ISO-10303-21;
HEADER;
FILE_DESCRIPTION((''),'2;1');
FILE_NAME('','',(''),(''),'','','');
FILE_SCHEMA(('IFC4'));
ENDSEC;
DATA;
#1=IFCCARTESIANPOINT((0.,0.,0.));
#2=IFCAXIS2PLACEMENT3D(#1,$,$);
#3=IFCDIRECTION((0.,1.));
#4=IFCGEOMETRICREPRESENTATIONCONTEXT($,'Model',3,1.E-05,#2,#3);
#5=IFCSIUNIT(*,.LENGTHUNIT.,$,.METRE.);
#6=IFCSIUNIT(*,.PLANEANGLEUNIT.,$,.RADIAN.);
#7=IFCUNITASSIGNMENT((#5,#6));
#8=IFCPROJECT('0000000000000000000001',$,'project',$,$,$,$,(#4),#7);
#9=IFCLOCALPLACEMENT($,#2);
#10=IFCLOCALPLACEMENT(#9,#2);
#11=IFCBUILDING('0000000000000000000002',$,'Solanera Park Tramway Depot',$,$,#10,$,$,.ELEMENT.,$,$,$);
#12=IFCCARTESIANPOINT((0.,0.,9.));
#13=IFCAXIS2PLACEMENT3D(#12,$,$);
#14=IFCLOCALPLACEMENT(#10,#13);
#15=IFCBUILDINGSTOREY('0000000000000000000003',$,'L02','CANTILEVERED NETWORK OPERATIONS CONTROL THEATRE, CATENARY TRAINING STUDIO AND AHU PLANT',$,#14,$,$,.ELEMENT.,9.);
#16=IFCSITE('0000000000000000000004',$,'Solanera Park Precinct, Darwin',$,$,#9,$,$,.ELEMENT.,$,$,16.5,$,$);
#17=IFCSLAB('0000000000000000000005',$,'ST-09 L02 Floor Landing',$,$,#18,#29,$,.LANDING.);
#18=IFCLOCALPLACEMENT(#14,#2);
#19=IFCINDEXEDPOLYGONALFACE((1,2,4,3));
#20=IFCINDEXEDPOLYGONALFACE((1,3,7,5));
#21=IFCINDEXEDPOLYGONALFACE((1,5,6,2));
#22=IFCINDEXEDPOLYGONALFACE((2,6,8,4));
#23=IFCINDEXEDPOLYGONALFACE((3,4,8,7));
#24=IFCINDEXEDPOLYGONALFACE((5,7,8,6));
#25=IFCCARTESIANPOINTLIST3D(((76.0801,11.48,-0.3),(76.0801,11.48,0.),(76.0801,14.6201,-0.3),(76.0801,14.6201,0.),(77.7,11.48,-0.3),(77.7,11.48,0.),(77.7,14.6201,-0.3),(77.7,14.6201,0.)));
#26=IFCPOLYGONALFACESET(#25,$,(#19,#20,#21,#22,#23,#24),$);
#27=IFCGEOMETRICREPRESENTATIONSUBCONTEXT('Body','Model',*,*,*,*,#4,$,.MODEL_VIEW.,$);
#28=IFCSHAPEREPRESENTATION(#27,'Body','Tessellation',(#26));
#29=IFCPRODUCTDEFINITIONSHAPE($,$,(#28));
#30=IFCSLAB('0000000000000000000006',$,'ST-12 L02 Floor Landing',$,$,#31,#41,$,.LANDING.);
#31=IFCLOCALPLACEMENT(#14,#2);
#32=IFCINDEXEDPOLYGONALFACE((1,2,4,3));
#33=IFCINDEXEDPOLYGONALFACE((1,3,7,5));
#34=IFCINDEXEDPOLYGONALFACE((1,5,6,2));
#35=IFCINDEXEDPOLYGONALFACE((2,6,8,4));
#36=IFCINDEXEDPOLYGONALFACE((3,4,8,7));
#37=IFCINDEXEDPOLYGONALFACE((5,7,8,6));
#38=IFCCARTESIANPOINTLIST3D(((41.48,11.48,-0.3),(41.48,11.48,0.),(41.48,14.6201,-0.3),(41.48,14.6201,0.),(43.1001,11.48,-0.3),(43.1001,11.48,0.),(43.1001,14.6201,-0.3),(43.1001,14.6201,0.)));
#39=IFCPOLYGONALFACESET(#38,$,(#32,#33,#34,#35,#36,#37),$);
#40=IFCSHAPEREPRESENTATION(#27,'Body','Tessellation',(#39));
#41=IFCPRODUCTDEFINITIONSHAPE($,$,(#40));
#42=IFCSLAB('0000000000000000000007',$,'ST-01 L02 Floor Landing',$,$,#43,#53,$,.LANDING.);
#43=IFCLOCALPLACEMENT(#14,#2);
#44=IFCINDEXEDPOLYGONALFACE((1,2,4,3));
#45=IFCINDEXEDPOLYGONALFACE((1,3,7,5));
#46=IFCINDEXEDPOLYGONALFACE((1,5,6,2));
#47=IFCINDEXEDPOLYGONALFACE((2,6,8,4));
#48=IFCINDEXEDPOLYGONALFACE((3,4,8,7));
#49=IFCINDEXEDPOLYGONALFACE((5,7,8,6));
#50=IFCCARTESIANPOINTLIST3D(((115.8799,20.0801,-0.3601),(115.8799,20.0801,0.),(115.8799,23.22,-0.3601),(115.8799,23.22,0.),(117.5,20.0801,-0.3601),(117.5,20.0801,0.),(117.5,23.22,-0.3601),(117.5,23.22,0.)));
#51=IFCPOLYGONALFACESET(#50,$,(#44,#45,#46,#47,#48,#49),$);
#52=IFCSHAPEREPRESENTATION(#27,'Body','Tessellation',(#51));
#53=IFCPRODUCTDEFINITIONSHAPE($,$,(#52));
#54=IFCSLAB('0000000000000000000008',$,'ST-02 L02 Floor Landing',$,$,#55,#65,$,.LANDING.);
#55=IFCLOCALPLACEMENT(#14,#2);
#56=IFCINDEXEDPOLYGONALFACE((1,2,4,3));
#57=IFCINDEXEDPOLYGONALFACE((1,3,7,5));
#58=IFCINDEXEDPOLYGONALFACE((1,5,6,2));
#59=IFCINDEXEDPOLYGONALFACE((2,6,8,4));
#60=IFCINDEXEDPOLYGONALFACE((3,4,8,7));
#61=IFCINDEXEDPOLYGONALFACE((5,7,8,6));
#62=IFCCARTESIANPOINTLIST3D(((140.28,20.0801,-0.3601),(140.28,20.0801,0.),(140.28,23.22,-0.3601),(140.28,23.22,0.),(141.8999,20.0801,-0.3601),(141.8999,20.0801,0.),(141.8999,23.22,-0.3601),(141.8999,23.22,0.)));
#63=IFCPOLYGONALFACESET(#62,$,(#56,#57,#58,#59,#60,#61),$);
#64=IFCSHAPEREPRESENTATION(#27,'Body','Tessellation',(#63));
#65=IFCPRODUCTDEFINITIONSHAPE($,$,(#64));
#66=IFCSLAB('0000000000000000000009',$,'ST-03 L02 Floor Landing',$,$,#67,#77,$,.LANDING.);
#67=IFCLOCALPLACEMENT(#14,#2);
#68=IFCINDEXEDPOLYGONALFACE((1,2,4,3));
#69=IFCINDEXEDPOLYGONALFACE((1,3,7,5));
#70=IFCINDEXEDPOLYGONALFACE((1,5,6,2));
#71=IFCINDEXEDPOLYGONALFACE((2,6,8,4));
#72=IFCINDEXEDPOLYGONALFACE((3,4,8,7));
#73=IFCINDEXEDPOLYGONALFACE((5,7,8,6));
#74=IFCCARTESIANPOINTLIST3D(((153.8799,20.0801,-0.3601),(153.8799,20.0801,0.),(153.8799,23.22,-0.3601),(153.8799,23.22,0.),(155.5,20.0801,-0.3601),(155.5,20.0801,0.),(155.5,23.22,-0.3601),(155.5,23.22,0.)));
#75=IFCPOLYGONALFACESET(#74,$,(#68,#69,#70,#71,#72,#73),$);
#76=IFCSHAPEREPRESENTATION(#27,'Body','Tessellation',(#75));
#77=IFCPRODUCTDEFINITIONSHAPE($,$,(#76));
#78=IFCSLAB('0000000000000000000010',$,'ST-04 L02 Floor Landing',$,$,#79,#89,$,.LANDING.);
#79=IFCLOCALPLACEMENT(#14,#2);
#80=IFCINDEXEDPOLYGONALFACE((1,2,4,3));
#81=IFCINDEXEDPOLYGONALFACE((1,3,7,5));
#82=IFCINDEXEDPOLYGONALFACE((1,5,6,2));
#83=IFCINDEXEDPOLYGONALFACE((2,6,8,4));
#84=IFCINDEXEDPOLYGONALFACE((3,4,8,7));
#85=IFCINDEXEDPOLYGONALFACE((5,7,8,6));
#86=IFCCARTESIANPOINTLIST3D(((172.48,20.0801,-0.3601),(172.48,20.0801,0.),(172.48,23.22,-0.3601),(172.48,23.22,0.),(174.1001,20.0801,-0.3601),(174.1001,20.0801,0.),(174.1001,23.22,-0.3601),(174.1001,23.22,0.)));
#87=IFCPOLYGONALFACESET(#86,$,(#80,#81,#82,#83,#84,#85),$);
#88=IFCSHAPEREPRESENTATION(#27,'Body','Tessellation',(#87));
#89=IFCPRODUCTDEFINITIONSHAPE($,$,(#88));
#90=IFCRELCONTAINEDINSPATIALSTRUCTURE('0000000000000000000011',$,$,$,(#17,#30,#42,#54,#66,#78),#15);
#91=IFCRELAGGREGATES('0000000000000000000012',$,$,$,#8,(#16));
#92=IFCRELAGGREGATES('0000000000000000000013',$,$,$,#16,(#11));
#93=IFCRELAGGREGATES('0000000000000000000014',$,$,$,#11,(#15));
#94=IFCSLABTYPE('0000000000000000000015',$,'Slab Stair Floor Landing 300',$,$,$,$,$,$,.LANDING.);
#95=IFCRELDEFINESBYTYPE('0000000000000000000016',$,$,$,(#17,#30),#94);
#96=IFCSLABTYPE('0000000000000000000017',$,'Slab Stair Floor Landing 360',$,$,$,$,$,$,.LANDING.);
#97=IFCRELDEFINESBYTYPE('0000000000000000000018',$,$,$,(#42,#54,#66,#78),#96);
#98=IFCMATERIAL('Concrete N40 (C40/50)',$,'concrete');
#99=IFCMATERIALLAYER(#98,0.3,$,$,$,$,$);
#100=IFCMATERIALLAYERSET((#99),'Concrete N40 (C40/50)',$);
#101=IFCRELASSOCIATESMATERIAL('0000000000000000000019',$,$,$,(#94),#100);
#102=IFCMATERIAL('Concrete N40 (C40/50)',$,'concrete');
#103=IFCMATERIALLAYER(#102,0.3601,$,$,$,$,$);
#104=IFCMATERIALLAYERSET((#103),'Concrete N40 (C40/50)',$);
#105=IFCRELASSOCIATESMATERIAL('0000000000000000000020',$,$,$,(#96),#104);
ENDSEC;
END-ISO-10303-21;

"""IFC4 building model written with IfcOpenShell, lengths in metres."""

from ifc_helpers import new_model, si_unit, direction, frame, origin, place, context, subcontext, project, spatial, polyline, outline, extrude, material, layer, layer_set, type_object, element, save


model = new_model("IFC4")

# Units and contexts
model_context = context("Model", 3, precision=1e-05, world=origin(), true_north=direction((0.0, 1.0)))
body_context = subcontext(model_context, "Body", "Model", "MODEL_VIEW")
ifc_project = project(units=[si_unit("LENGTHUNIT", "METRE"), si_unit("PLANEANGLEUNIT", "RADIAN")], contexts=[model_context])

# Site, building, storey
site_placement = place(None, origin())
site = spatial("IfcSite", under=ifc_project, at=site_placement, Name="Solanera Park Precinct, Darwin", CompositionType="ELEMENT", RefElevation=16.5)
building_placement = place(site_placement, origin())
building = spatial("IfcBuilding", under=site, at=building_placement, Name="Solanera Park Tramway Depot", CompositionType="ELEMENT")
storey_placement = place(building_placement, frame((0.0, 0.0, 9.0)))
storey = spatial("IfcBuildingStorey", under=building, at=storey_placement, Name="L02", Description="CANTILEVERED NETWORK OPERATIONS CONTROL THEATRE, CATENARY TRAINING STUDIO AND AHU PLANT", CompositionType="ELEMENT", Elevation=9.0)

# Slabs
ifc_material_1 = material(Name="Concrete N40 (C40/50)", Category="concrete")
ifc_layer_1 = layer(ifc_material_1, 0.3)
ifc_layer_set_1 = layer_set([ifc_layer_1], Name="Concrete N40 (C40/50)")
slab_type_1 = type_object("IfcSlabType", Name="Slab Stair Floor Landing 300", PredefinedType="LANDING", material=ifc_layer_set_1)
slab_1_placement = place(storey_placement, frame((0.0, 0.0, -0.3)))
element("IfcSlab", 1, at=slab_1_placement, inside=storey, type_object=slab_type_1, Name="ST-09 L02 Floor Landing", PredefinedType="LANDING", context=body_context, shape_type="SweptSolid", body=[
    extrude(outline(polyline([(76.0801, 11.48), (77.7, 11.48), (77.7, 14.6201), (76.0801, 14.6201), (76.0801, 11.48)])), origin(), (0.0, 0.0, 1.0), 0.3),
])
slab_2_placement = place(storey_placement, frame((0.0, 0.0, -0.3)))
element("IfcSlab", 2, at=slab_2_placement, inside=storey, type_object=slab_type_1, Name="ST-12 L02 Floor Landing", PredefinedType="LANDING", context=body_context, shape_type="SweptSolid", body=[
    extrude(outline(polyline([(41.48, 11.48), (43.1001, 11.48), (43.1001, 14.6201), (41.48, 14.6201), (41.48, 11.48)])), origin(), (0.0, 0.0, 1.0), 0.3),
])
ifc_material_2 = material(Name="Concrete N40 (C40/50)", Category="concrete")
ifc_layer_2 = layer(ifc_material_2, 0.3601)
ifc_layer_set_2 = layer_set([ifc_layer_2], Name="Concrete N40 (C40/50)")
slab_type_2 = type_object("IfcSlabType", Name="Slab Stair Floor Landing 360", PredefinedType="LANDING", material=ifc_layer_set_2)
slab_3_placement = place(storey_placement, frame((0.0, 0.0, -0.3601)))
element("IfcSlab", 3, at=slab_3_placement, inside=storey, type_object=slab_type_2, Name="ST-01 L02 Floor Landing", PredefinedType="LANDING", context=body_context, shape_type="SweptSolid", body=[
    extrude(outline(polyline([(115.8799, 20.0801), (117.5, 20.0801), (117.5, 23.22), (115.8799, 23.22), (115.8799, 20.0801)])), origin(), (0.0, 0.0, 1.0), 0.3601),
])
slab_4_placement = place(storey_placement, frame((0.0, 0.0, -0.3601)))
element("IfcSlab", 4, at=slab_4_placement, inside=storey, type_object=slab_type_2, Name="ST-02 L02 Floor Landing", PredefinedType="LANDING", context=body_context, shape_type="SweptSolid", body=[
    extrude(outline(polyline([(140.28, 20.0801), (141.8999, 20.0801), (141.8999, 23.22), (140.28, 23.22), (140.28, 20.0801)])), origin(), (0.0, 0.0, 1.0), 0.3601),
])
slab_5_placement = place(storey_placement, frame((0.0, 0.0, -0.3601)))
element("IfcSlab", 5, at=slab_5_placement, inside=storey, type_object=slab_type_2, Name="ST-03 L02 Floor Landing", PredefinedType="LANDING", context=body_context, shape_type="SweptSolid", body=[
    extrude(outline(polyline([(153.8799, 20.0801), (155.5, 20.0801), (155.5, 23.22), (153.8799, 23.22), (153.8799, 20.0801)])), origin(), (0.0, 0.0, 1.0), 0.3601),
])
slab_6_placement = place(storey_placement, frame((0.0, 0.0, -0.3601)))
element("IfcSlab", 6, at=slab_6_placement, inside=storey, type_object=slab_type_2, Name="ST-04 L02 Floor Landing", PredefinedType="LANDING", context=body_context, shape_type="SweptSolid", body=[
    extrude(outline(polyline([(172.48, 20.0801), (174.1001, 20.0801), (174.1001, 23.22), (172.48, 23.22), (172.48, 20.0801)])), origin(), (0.0, 0.0, 1.0), 0.3601),
])

save(model, "model.ifc")
